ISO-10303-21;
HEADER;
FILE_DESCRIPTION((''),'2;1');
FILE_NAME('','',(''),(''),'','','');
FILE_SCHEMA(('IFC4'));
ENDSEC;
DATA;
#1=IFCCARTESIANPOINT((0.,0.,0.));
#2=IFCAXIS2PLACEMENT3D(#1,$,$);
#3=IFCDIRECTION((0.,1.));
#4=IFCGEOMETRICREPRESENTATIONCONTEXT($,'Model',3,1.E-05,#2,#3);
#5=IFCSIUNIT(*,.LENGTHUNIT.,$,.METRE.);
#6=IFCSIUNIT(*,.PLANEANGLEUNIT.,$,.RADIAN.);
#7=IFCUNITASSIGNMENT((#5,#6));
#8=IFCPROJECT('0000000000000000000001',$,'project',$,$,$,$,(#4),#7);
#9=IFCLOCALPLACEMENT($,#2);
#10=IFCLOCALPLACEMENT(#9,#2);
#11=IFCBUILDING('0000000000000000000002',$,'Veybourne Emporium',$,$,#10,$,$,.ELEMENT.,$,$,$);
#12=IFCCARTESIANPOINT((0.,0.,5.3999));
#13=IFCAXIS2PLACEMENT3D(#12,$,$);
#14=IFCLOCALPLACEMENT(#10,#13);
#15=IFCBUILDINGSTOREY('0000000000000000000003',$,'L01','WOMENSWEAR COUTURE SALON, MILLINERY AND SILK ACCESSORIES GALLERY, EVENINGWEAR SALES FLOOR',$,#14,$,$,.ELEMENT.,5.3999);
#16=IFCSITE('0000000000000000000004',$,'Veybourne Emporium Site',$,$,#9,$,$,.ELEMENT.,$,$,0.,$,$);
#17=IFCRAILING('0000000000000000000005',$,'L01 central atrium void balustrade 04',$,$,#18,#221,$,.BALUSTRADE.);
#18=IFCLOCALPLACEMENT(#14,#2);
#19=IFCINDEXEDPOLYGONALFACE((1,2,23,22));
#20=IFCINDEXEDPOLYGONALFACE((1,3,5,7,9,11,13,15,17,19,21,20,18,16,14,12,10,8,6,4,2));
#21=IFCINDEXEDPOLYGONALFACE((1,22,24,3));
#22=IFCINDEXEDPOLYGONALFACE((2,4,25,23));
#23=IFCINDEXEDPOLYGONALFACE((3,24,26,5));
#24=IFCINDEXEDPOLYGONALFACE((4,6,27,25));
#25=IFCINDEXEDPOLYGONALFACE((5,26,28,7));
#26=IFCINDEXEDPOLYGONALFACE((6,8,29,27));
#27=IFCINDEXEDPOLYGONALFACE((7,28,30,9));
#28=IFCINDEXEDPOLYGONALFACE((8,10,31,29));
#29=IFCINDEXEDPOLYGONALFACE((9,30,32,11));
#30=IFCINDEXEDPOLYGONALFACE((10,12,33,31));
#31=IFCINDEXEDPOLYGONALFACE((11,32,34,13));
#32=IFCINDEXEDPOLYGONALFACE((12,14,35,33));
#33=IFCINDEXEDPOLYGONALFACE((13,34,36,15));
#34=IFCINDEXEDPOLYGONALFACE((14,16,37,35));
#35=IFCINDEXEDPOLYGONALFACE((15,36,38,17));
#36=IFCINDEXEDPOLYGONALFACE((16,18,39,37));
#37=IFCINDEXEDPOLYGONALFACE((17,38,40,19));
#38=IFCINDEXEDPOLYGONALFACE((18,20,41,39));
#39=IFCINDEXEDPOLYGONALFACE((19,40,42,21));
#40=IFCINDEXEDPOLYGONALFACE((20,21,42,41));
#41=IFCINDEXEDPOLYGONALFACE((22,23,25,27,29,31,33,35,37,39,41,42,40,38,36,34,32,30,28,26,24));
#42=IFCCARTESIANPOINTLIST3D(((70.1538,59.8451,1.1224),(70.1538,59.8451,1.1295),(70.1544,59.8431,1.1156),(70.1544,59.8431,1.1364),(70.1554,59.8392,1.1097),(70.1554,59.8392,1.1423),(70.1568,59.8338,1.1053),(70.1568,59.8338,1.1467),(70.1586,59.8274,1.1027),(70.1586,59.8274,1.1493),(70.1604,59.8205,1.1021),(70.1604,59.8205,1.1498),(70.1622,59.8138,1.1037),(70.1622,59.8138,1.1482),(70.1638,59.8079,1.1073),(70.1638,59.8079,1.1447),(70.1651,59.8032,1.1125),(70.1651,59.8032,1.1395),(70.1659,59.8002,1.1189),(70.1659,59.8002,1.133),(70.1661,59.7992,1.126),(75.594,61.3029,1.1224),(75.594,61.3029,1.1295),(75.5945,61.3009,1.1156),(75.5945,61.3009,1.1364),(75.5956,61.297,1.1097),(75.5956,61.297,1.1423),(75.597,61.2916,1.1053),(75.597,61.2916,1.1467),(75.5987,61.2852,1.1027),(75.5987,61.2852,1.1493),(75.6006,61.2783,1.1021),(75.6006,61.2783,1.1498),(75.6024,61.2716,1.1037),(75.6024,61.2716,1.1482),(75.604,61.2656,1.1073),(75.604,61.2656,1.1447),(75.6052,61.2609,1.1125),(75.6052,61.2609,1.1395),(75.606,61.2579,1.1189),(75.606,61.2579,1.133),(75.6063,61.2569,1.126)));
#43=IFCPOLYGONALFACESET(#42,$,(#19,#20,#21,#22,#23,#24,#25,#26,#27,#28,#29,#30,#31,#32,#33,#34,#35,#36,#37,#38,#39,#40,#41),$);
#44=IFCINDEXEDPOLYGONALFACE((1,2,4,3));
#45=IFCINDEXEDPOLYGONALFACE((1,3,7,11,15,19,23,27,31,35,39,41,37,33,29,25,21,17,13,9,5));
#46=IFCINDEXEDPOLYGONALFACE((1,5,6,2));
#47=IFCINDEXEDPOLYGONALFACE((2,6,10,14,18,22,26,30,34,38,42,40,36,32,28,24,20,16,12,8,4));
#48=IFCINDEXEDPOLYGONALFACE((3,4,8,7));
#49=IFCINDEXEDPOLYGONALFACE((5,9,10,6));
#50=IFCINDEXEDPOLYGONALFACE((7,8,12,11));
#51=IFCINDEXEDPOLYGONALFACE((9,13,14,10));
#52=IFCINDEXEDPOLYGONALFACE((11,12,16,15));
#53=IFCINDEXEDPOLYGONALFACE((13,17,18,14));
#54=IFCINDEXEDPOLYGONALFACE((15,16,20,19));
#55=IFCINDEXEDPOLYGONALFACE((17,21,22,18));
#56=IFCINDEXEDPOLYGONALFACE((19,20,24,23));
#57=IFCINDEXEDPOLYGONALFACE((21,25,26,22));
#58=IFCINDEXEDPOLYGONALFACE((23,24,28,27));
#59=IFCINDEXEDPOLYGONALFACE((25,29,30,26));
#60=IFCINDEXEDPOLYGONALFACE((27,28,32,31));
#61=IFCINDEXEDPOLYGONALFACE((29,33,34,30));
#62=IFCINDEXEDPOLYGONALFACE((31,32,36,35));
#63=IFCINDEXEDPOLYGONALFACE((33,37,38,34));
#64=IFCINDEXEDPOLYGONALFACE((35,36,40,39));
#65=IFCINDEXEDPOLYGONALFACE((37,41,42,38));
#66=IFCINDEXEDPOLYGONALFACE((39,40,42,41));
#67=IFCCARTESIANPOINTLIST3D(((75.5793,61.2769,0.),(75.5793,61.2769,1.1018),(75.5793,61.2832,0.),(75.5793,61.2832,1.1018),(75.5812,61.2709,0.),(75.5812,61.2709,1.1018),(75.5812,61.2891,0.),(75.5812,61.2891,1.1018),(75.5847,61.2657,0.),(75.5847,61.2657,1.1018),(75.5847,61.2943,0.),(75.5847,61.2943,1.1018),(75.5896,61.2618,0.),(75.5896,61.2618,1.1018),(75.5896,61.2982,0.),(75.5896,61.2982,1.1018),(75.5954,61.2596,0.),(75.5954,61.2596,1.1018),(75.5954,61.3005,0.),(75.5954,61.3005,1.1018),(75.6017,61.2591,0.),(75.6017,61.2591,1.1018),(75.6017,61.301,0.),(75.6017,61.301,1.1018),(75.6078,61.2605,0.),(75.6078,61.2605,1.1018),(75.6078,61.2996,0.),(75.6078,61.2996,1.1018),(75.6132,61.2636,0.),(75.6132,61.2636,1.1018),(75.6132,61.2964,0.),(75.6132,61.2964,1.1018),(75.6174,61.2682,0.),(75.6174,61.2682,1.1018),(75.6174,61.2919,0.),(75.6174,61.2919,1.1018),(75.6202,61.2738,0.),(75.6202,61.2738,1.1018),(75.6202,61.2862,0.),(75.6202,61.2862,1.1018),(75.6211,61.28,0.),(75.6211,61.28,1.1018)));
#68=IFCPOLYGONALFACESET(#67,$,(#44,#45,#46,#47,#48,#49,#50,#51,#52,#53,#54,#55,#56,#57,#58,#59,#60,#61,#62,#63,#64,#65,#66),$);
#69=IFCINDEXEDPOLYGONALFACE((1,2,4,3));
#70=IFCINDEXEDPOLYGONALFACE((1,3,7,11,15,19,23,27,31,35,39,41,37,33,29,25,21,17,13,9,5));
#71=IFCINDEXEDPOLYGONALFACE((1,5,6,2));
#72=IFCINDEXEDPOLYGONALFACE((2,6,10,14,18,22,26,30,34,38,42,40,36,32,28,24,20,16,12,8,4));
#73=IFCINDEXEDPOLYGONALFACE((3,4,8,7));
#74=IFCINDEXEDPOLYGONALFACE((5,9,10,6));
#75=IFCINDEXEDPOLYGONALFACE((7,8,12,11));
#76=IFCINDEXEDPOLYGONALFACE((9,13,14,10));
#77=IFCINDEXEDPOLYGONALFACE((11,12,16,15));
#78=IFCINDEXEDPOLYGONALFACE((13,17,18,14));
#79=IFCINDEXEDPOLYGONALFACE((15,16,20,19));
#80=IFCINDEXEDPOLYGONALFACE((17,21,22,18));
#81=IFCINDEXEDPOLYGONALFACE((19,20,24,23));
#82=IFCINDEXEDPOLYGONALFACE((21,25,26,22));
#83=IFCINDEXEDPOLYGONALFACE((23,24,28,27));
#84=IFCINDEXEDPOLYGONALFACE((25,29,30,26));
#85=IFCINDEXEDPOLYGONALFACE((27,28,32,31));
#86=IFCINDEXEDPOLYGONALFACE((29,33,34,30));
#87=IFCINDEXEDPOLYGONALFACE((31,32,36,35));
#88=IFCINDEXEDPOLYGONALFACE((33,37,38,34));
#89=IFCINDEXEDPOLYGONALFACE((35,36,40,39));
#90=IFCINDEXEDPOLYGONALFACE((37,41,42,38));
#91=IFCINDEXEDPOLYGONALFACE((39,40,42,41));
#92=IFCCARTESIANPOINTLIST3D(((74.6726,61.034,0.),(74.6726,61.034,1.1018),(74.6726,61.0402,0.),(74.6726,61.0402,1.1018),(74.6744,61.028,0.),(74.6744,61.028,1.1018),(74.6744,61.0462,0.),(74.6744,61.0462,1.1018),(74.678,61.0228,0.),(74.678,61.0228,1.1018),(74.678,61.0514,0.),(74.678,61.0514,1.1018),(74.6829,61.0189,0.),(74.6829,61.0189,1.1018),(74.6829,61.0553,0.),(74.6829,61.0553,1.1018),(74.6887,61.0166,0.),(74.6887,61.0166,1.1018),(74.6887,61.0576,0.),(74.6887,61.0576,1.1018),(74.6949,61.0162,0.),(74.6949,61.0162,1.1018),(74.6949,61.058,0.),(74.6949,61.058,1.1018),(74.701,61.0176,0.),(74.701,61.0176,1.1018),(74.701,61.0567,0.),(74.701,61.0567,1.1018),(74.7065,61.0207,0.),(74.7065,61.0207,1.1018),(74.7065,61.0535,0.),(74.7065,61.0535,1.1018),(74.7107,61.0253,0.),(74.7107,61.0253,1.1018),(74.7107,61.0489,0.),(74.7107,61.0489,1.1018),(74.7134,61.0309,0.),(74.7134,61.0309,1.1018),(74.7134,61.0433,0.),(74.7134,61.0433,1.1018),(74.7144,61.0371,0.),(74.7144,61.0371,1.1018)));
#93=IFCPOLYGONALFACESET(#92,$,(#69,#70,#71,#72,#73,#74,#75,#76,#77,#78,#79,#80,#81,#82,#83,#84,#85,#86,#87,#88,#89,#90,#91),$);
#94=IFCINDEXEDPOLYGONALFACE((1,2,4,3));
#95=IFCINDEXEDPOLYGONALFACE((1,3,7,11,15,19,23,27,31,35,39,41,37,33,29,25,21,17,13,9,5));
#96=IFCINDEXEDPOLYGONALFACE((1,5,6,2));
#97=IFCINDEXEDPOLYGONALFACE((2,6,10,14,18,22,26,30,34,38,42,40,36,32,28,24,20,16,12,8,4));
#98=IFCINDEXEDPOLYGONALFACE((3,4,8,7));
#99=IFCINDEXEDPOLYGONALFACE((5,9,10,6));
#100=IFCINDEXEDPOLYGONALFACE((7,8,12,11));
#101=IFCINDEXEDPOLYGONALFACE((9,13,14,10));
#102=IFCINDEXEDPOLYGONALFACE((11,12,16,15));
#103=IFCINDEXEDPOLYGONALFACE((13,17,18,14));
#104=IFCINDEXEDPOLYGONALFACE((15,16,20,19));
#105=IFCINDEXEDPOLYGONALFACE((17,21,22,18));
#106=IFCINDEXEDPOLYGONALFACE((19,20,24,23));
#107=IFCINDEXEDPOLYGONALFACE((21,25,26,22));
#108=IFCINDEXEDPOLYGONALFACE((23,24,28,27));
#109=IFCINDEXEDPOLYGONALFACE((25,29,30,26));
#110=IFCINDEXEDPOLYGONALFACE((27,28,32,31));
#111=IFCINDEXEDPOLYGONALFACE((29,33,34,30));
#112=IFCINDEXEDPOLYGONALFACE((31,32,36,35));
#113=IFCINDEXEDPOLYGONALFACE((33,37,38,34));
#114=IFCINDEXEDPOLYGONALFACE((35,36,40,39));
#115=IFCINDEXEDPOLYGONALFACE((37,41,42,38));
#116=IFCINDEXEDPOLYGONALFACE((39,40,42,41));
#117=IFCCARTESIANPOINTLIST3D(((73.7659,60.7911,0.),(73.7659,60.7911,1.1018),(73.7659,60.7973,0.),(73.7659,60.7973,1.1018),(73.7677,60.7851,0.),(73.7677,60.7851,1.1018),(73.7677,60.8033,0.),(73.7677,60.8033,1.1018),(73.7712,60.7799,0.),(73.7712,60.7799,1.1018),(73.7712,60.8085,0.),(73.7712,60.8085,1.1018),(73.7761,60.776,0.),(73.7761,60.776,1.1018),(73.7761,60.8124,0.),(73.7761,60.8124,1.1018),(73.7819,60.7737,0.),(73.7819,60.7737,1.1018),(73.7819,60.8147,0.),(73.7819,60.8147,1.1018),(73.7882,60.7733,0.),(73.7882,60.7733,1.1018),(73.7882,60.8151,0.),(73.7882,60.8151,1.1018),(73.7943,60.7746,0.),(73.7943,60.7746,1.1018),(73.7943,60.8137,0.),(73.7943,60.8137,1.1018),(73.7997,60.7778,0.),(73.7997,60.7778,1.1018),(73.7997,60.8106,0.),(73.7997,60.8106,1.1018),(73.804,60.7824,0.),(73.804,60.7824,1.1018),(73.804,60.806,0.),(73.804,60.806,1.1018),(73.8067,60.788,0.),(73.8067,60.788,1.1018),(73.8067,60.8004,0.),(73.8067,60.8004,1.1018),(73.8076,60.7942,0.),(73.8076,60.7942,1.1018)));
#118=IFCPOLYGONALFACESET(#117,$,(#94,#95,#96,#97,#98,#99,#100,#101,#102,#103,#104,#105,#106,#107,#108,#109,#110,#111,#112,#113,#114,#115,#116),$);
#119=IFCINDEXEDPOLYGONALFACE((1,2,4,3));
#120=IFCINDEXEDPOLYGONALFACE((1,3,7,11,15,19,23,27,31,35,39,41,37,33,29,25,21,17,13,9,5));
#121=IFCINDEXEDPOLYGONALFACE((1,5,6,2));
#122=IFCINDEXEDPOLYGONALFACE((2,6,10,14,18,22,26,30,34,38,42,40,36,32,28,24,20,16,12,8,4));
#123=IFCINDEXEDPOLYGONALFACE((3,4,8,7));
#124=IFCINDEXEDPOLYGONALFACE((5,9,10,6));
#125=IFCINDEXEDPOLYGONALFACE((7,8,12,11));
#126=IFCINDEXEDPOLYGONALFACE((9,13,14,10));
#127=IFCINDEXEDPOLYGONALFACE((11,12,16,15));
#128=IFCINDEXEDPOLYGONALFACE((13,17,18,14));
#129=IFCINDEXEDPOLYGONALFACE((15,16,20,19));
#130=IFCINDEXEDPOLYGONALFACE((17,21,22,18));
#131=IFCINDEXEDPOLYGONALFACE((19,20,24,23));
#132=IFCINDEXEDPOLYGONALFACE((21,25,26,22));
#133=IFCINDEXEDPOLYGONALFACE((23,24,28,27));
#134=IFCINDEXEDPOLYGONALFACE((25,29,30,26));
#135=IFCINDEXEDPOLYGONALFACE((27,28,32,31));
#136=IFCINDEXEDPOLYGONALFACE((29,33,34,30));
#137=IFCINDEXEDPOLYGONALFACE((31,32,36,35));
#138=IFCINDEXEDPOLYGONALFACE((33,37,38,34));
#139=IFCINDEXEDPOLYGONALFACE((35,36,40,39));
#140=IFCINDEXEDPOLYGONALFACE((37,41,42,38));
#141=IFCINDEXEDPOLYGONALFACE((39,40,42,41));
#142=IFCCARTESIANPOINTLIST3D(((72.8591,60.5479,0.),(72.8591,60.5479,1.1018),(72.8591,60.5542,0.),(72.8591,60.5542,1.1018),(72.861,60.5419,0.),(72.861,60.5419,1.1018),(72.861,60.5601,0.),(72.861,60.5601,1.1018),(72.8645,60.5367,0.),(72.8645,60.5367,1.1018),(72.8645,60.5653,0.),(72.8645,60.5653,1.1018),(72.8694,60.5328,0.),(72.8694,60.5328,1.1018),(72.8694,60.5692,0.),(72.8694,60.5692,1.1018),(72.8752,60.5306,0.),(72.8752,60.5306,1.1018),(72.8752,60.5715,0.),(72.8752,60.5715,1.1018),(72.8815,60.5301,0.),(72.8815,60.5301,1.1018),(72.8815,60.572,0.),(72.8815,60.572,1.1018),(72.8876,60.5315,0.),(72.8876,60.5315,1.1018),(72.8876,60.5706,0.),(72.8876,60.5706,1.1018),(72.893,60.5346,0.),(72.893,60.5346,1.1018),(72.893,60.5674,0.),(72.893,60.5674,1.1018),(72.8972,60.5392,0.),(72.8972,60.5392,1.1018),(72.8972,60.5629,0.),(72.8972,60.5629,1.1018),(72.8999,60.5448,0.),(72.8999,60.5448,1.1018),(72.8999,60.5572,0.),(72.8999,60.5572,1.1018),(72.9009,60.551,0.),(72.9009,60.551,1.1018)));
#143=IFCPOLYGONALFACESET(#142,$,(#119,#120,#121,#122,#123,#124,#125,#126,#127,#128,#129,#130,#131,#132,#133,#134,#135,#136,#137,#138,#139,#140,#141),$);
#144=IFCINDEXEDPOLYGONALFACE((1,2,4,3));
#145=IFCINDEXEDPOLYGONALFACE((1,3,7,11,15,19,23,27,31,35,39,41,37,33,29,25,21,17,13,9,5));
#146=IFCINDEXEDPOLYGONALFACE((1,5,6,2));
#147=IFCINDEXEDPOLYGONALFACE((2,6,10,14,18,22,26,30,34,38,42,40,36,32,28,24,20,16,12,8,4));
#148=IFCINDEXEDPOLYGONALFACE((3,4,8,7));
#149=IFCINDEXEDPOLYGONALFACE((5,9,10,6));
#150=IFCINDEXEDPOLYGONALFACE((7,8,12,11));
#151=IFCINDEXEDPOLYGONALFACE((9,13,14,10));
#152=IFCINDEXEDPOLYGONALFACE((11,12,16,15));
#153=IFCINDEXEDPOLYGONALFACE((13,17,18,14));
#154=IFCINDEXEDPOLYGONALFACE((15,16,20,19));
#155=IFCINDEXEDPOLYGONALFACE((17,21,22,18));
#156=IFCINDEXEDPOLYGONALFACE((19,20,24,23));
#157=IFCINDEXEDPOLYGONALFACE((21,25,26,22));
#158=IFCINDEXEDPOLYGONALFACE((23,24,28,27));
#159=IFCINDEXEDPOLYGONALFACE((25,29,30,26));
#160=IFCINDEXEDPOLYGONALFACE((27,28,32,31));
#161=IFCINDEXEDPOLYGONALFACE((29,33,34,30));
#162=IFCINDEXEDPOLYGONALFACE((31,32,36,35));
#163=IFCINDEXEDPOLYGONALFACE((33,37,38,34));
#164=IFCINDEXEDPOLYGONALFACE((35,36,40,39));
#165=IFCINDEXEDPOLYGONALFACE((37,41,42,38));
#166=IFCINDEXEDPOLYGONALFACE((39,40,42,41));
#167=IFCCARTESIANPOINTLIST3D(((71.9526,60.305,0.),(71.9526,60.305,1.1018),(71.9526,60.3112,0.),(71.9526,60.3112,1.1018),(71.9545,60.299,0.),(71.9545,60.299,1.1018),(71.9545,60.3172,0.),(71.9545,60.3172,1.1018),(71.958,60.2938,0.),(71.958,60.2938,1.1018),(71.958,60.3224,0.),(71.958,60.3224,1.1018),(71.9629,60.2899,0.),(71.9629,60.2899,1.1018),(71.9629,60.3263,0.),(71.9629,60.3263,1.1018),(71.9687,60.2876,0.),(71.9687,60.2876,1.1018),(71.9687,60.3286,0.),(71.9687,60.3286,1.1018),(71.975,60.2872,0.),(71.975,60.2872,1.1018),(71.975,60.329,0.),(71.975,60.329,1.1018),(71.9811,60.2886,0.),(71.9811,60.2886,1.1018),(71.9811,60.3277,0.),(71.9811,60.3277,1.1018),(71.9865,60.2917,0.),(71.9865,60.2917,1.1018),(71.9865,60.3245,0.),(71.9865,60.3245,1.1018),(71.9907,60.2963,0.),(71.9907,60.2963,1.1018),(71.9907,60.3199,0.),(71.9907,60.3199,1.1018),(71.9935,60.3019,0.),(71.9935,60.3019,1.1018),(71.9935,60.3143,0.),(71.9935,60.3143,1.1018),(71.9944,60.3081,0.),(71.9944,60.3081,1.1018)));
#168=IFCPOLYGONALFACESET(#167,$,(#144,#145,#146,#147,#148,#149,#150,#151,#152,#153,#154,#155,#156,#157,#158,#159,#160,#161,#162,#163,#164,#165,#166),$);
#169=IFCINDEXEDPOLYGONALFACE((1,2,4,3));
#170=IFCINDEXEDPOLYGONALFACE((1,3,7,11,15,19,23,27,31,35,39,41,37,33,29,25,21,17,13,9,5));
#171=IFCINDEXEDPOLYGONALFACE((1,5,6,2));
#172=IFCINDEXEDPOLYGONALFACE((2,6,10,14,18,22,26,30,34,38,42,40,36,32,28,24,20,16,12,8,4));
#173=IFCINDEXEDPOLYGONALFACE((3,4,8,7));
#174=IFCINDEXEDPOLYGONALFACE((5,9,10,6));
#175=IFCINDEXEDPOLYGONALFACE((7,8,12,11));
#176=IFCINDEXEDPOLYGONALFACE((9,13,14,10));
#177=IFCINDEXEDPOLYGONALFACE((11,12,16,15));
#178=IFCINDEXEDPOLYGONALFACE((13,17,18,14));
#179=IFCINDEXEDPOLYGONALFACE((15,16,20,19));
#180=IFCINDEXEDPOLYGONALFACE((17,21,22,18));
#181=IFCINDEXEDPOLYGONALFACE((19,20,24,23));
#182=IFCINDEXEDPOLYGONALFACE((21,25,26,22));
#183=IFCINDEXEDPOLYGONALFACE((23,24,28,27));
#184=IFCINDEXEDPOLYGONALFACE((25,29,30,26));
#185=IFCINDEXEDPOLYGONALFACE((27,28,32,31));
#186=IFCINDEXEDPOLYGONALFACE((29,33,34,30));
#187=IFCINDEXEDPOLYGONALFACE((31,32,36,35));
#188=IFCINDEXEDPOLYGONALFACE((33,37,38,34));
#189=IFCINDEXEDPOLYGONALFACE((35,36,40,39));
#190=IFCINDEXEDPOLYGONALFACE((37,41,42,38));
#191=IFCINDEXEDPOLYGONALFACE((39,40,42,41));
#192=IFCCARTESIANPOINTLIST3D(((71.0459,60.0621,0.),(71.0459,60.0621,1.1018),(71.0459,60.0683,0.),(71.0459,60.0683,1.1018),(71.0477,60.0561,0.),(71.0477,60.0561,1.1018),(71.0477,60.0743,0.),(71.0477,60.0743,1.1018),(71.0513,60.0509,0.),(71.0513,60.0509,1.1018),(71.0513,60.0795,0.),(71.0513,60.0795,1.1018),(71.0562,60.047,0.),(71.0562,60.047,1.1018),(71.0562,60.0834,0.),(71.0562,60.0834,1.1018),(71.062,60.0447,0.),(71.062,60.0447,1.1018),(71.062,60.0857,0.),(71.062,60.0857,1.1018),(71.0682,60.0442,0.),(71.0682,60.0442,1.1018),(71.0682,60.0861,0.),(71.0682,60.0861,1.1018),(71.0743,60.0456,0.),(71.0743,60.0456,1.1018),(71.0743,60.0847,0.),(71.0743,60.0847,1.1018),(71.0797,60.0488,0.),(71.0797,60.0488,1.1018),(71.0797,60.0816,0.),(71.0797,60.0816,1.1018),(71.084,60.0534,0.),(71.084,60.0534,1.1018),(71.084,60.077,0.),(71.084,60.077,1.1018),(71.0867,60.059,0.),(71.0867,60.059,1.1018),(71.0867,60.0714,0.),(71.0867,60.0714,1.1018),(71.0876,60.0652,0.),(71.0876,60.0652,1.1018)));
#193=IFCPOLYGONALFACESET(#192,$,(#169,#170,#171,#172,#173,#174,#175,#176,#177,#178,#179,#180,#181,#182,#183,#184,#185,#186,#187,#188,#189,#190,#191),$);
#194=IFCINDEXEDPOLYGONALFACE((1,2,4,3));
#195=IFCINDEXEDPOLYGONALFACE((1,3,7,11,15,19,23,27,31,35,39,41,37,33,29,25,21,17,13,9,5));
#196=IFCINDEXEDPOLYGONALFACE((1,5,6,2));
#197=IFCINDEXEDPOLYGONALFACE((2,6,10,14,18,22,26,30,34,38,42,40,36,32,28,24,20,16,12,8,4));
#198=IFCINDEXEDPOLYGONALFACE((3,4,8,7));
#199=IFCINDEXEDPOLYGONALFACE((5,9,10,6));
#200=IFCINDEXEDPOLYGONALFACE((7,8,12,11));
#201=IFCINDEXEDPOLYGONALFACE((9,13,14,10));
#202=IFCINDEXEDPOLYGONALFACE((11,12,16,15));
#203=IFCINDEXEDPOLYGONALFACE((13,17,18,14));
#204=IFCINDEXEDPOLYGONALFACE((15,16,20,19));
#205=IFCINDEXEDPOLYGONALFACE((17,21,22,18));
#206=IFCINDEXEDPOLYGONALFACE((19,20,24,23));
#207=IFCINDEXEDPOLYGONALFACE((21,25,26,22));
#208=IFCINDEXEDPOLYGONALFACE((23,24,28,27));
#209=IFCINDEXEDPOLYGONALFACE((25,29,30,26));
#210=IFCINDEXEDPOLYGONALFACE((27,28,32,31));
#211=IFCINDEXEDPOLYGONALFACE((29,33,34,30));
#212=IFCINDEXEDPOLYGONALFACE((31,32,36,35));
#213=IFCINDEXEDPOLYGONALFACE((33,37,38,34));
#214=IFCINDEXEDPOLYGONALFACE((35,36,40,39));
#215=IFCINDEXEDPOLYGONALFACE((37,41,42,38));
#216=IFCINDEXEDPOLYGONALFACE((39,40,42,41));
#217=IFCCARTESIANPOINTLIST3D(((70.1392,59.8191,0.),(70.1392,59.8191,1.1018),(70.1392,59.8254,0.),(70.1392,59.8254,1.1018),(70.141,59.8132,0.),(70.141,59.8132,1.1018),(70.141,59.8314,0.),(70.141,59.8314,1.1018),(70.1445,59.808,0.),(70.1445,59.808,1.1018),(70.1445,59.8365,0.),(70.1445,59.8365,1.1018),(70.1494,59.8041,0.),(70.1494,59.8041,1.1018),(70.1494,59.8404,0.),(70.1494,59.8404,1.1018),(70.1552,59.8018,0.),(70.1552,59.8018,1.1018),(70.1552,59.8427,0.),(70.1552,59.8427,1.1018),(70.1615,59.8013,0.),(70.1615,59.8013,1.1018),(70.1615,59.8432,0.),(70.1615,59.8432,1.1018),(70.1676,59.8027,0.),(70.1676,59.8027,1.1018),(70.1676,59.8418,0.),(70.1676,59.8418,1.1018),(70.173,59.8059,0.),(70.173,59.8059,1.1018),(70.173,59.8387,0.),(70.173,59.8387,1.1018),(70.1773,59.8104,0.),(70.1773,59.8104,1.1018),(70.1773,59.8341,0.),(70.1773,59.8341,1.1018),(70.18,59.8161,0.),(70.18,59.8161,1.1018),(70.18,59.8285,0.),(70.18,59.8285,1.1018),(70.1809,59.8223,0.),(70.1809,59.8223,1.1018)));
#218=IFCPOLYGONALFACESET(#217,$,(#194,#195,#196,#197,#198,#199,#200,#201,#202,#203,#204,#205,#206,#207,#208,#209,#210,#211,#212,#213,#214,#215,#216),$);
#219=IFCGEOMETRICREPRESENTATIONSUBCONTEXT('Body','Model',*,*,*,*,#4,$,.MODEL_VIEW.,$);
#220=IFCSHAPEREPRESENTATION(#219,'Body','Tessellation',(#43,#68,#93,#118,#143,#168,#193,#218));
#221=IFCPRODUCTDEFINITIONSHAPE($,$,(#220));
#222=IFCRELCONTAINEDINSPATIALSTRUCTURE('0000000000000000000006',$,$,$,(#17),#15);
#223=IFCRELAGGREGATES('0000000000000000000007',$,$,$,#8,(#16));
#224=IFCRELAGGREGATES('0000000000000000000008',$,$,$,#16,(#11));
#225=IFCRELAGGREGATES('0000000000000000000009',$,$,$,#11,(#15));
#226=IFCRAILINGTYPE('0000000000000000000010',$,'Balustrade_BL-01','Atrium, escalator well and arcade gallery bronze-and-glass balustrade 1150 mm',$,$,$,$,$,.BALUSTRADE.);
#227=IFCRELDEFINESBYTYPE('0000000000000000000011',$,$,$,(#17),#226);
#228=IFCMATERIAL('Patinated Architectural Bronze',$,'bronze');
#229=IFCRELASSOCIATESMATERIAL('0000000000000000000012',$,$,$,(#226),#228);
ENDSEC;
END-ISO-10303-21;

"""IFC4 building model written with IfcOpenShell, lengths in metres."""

from ifc_helpers import new_model, si_unit, direction, frame, origin, origin_2d, place, context, subcontext, project, spatial, circle, extrude, material, type_object, element, save


model = new_model("IFC4")

# Units and contexts
model_context = context("Model", 3, precision=1e-05, world=origin(), true_north=direction((0.0, 1.0)))
body_context = subcontext(model_context, "Body", "Model", "MODEL_VIEW")
ifc_project = project(units=[si_unit("LENGTHUNIT", "METRE"), si_unit("PLANEANGLEUNIT", "RADIAN")], contexts=[model_context])

# Site, building, storey
site_placement = place(None, origin())
site = spatial("IfcSite", under=ifc_project, at=site_placement, Name="Veybourne Emporium Site", CompositionType="ELEMENT", RefElevation=0.0)
building_placement = place(site_placement, origin())
building = spatial("IfcBuilding", under=site, at=building_placement, Name="Veybourne Emporium", CompositionType="ELEMENT")
storey_placement = place(building_placement, frame((0.0, 0.0, 5.3999)))
storey = spatial("IfcBuildingStorey", under=building, at=storey_placement, Name="L01", Description="WOMENSWEAR COUTURE SALON, MILLINERY AND SILK ACCESSORIES GALLERY, EVENINGWEAR SALES FLOOR", CompositionType="ELEMENT", Elevation=5.3999)

# Railing
ifc_material_1 = material(Name="Patinated Architectural Bronze", Category="bronze")
railing_type = type_object("IfcRailingType", Name="Balustrade_BL-01", Description="Atrium, escalator well and arcade gallery bronze-and-glass balustrade 1150 mm", PredefinedType="BALUSTRADE", material=ifc_material_1)
railing_1_placement = place(storey_placement, frame((75.6001, 61.28, 0.0)))
element("IfcRailing", 1, at=railing_1_placement, inside=storey, type_object=railing_type, Name="L01 central atrium void balustrade 04", PredefinedType="BALUSTRADE", context=body_context, shape_type="SweptSolid", body=[
    extrude(circle(Radius=0.0239, at=origin_2d()), frame((0.0, 0.0, 1.126), z_axis=(-0.965923, -0.258831, 0.0), x_axis=(0.258831, -0.965923, 0.0)), (0.0, 0.0, 1.0), 5.6321),
    extrude(circle(Radius=0.021, at=origin_2d()), origin(), (0.0, 0.0, 1.0), 1.1018),
    extrude(circle(Radius=0.021, at=origin_2d()), frame((-0.9067, -0.2429, 0.0)), (0.0, 0.0, 1.0), 1.1018),
    extrude(circle(Radius=0.021, at=origin_2d()), frame((-1.8135, -0.4858, 0.0)), (0.0, 0.0, 1.0), 1.1018),
    extrude(circle(Radius=0.021, at=origin_2d()), frame((-2.7202, -0.729, 0.0)), (0.0, 0.0, 1.0), 1.1018),
    extrude(circle(Radius=0.021, at=origin_2d()), frame((-3.6267, -0.9719, 0.0)), (0.0, 0.0, 1.0), 1.1018),
    extrude(circle(Radius=0.021, at=origin_2d()), frame((-4.5334, -1.2148, 0.0)), (0.0, 0.0, 1.0), 1.1018),
    extrude(circle(Radius=0.021, at=origin_2d()), frame((-5.4402, -1.4578, 0.0)), (0.0, 0.0, 1.0), 1.1018),
])

save(model, "model.ifc")
